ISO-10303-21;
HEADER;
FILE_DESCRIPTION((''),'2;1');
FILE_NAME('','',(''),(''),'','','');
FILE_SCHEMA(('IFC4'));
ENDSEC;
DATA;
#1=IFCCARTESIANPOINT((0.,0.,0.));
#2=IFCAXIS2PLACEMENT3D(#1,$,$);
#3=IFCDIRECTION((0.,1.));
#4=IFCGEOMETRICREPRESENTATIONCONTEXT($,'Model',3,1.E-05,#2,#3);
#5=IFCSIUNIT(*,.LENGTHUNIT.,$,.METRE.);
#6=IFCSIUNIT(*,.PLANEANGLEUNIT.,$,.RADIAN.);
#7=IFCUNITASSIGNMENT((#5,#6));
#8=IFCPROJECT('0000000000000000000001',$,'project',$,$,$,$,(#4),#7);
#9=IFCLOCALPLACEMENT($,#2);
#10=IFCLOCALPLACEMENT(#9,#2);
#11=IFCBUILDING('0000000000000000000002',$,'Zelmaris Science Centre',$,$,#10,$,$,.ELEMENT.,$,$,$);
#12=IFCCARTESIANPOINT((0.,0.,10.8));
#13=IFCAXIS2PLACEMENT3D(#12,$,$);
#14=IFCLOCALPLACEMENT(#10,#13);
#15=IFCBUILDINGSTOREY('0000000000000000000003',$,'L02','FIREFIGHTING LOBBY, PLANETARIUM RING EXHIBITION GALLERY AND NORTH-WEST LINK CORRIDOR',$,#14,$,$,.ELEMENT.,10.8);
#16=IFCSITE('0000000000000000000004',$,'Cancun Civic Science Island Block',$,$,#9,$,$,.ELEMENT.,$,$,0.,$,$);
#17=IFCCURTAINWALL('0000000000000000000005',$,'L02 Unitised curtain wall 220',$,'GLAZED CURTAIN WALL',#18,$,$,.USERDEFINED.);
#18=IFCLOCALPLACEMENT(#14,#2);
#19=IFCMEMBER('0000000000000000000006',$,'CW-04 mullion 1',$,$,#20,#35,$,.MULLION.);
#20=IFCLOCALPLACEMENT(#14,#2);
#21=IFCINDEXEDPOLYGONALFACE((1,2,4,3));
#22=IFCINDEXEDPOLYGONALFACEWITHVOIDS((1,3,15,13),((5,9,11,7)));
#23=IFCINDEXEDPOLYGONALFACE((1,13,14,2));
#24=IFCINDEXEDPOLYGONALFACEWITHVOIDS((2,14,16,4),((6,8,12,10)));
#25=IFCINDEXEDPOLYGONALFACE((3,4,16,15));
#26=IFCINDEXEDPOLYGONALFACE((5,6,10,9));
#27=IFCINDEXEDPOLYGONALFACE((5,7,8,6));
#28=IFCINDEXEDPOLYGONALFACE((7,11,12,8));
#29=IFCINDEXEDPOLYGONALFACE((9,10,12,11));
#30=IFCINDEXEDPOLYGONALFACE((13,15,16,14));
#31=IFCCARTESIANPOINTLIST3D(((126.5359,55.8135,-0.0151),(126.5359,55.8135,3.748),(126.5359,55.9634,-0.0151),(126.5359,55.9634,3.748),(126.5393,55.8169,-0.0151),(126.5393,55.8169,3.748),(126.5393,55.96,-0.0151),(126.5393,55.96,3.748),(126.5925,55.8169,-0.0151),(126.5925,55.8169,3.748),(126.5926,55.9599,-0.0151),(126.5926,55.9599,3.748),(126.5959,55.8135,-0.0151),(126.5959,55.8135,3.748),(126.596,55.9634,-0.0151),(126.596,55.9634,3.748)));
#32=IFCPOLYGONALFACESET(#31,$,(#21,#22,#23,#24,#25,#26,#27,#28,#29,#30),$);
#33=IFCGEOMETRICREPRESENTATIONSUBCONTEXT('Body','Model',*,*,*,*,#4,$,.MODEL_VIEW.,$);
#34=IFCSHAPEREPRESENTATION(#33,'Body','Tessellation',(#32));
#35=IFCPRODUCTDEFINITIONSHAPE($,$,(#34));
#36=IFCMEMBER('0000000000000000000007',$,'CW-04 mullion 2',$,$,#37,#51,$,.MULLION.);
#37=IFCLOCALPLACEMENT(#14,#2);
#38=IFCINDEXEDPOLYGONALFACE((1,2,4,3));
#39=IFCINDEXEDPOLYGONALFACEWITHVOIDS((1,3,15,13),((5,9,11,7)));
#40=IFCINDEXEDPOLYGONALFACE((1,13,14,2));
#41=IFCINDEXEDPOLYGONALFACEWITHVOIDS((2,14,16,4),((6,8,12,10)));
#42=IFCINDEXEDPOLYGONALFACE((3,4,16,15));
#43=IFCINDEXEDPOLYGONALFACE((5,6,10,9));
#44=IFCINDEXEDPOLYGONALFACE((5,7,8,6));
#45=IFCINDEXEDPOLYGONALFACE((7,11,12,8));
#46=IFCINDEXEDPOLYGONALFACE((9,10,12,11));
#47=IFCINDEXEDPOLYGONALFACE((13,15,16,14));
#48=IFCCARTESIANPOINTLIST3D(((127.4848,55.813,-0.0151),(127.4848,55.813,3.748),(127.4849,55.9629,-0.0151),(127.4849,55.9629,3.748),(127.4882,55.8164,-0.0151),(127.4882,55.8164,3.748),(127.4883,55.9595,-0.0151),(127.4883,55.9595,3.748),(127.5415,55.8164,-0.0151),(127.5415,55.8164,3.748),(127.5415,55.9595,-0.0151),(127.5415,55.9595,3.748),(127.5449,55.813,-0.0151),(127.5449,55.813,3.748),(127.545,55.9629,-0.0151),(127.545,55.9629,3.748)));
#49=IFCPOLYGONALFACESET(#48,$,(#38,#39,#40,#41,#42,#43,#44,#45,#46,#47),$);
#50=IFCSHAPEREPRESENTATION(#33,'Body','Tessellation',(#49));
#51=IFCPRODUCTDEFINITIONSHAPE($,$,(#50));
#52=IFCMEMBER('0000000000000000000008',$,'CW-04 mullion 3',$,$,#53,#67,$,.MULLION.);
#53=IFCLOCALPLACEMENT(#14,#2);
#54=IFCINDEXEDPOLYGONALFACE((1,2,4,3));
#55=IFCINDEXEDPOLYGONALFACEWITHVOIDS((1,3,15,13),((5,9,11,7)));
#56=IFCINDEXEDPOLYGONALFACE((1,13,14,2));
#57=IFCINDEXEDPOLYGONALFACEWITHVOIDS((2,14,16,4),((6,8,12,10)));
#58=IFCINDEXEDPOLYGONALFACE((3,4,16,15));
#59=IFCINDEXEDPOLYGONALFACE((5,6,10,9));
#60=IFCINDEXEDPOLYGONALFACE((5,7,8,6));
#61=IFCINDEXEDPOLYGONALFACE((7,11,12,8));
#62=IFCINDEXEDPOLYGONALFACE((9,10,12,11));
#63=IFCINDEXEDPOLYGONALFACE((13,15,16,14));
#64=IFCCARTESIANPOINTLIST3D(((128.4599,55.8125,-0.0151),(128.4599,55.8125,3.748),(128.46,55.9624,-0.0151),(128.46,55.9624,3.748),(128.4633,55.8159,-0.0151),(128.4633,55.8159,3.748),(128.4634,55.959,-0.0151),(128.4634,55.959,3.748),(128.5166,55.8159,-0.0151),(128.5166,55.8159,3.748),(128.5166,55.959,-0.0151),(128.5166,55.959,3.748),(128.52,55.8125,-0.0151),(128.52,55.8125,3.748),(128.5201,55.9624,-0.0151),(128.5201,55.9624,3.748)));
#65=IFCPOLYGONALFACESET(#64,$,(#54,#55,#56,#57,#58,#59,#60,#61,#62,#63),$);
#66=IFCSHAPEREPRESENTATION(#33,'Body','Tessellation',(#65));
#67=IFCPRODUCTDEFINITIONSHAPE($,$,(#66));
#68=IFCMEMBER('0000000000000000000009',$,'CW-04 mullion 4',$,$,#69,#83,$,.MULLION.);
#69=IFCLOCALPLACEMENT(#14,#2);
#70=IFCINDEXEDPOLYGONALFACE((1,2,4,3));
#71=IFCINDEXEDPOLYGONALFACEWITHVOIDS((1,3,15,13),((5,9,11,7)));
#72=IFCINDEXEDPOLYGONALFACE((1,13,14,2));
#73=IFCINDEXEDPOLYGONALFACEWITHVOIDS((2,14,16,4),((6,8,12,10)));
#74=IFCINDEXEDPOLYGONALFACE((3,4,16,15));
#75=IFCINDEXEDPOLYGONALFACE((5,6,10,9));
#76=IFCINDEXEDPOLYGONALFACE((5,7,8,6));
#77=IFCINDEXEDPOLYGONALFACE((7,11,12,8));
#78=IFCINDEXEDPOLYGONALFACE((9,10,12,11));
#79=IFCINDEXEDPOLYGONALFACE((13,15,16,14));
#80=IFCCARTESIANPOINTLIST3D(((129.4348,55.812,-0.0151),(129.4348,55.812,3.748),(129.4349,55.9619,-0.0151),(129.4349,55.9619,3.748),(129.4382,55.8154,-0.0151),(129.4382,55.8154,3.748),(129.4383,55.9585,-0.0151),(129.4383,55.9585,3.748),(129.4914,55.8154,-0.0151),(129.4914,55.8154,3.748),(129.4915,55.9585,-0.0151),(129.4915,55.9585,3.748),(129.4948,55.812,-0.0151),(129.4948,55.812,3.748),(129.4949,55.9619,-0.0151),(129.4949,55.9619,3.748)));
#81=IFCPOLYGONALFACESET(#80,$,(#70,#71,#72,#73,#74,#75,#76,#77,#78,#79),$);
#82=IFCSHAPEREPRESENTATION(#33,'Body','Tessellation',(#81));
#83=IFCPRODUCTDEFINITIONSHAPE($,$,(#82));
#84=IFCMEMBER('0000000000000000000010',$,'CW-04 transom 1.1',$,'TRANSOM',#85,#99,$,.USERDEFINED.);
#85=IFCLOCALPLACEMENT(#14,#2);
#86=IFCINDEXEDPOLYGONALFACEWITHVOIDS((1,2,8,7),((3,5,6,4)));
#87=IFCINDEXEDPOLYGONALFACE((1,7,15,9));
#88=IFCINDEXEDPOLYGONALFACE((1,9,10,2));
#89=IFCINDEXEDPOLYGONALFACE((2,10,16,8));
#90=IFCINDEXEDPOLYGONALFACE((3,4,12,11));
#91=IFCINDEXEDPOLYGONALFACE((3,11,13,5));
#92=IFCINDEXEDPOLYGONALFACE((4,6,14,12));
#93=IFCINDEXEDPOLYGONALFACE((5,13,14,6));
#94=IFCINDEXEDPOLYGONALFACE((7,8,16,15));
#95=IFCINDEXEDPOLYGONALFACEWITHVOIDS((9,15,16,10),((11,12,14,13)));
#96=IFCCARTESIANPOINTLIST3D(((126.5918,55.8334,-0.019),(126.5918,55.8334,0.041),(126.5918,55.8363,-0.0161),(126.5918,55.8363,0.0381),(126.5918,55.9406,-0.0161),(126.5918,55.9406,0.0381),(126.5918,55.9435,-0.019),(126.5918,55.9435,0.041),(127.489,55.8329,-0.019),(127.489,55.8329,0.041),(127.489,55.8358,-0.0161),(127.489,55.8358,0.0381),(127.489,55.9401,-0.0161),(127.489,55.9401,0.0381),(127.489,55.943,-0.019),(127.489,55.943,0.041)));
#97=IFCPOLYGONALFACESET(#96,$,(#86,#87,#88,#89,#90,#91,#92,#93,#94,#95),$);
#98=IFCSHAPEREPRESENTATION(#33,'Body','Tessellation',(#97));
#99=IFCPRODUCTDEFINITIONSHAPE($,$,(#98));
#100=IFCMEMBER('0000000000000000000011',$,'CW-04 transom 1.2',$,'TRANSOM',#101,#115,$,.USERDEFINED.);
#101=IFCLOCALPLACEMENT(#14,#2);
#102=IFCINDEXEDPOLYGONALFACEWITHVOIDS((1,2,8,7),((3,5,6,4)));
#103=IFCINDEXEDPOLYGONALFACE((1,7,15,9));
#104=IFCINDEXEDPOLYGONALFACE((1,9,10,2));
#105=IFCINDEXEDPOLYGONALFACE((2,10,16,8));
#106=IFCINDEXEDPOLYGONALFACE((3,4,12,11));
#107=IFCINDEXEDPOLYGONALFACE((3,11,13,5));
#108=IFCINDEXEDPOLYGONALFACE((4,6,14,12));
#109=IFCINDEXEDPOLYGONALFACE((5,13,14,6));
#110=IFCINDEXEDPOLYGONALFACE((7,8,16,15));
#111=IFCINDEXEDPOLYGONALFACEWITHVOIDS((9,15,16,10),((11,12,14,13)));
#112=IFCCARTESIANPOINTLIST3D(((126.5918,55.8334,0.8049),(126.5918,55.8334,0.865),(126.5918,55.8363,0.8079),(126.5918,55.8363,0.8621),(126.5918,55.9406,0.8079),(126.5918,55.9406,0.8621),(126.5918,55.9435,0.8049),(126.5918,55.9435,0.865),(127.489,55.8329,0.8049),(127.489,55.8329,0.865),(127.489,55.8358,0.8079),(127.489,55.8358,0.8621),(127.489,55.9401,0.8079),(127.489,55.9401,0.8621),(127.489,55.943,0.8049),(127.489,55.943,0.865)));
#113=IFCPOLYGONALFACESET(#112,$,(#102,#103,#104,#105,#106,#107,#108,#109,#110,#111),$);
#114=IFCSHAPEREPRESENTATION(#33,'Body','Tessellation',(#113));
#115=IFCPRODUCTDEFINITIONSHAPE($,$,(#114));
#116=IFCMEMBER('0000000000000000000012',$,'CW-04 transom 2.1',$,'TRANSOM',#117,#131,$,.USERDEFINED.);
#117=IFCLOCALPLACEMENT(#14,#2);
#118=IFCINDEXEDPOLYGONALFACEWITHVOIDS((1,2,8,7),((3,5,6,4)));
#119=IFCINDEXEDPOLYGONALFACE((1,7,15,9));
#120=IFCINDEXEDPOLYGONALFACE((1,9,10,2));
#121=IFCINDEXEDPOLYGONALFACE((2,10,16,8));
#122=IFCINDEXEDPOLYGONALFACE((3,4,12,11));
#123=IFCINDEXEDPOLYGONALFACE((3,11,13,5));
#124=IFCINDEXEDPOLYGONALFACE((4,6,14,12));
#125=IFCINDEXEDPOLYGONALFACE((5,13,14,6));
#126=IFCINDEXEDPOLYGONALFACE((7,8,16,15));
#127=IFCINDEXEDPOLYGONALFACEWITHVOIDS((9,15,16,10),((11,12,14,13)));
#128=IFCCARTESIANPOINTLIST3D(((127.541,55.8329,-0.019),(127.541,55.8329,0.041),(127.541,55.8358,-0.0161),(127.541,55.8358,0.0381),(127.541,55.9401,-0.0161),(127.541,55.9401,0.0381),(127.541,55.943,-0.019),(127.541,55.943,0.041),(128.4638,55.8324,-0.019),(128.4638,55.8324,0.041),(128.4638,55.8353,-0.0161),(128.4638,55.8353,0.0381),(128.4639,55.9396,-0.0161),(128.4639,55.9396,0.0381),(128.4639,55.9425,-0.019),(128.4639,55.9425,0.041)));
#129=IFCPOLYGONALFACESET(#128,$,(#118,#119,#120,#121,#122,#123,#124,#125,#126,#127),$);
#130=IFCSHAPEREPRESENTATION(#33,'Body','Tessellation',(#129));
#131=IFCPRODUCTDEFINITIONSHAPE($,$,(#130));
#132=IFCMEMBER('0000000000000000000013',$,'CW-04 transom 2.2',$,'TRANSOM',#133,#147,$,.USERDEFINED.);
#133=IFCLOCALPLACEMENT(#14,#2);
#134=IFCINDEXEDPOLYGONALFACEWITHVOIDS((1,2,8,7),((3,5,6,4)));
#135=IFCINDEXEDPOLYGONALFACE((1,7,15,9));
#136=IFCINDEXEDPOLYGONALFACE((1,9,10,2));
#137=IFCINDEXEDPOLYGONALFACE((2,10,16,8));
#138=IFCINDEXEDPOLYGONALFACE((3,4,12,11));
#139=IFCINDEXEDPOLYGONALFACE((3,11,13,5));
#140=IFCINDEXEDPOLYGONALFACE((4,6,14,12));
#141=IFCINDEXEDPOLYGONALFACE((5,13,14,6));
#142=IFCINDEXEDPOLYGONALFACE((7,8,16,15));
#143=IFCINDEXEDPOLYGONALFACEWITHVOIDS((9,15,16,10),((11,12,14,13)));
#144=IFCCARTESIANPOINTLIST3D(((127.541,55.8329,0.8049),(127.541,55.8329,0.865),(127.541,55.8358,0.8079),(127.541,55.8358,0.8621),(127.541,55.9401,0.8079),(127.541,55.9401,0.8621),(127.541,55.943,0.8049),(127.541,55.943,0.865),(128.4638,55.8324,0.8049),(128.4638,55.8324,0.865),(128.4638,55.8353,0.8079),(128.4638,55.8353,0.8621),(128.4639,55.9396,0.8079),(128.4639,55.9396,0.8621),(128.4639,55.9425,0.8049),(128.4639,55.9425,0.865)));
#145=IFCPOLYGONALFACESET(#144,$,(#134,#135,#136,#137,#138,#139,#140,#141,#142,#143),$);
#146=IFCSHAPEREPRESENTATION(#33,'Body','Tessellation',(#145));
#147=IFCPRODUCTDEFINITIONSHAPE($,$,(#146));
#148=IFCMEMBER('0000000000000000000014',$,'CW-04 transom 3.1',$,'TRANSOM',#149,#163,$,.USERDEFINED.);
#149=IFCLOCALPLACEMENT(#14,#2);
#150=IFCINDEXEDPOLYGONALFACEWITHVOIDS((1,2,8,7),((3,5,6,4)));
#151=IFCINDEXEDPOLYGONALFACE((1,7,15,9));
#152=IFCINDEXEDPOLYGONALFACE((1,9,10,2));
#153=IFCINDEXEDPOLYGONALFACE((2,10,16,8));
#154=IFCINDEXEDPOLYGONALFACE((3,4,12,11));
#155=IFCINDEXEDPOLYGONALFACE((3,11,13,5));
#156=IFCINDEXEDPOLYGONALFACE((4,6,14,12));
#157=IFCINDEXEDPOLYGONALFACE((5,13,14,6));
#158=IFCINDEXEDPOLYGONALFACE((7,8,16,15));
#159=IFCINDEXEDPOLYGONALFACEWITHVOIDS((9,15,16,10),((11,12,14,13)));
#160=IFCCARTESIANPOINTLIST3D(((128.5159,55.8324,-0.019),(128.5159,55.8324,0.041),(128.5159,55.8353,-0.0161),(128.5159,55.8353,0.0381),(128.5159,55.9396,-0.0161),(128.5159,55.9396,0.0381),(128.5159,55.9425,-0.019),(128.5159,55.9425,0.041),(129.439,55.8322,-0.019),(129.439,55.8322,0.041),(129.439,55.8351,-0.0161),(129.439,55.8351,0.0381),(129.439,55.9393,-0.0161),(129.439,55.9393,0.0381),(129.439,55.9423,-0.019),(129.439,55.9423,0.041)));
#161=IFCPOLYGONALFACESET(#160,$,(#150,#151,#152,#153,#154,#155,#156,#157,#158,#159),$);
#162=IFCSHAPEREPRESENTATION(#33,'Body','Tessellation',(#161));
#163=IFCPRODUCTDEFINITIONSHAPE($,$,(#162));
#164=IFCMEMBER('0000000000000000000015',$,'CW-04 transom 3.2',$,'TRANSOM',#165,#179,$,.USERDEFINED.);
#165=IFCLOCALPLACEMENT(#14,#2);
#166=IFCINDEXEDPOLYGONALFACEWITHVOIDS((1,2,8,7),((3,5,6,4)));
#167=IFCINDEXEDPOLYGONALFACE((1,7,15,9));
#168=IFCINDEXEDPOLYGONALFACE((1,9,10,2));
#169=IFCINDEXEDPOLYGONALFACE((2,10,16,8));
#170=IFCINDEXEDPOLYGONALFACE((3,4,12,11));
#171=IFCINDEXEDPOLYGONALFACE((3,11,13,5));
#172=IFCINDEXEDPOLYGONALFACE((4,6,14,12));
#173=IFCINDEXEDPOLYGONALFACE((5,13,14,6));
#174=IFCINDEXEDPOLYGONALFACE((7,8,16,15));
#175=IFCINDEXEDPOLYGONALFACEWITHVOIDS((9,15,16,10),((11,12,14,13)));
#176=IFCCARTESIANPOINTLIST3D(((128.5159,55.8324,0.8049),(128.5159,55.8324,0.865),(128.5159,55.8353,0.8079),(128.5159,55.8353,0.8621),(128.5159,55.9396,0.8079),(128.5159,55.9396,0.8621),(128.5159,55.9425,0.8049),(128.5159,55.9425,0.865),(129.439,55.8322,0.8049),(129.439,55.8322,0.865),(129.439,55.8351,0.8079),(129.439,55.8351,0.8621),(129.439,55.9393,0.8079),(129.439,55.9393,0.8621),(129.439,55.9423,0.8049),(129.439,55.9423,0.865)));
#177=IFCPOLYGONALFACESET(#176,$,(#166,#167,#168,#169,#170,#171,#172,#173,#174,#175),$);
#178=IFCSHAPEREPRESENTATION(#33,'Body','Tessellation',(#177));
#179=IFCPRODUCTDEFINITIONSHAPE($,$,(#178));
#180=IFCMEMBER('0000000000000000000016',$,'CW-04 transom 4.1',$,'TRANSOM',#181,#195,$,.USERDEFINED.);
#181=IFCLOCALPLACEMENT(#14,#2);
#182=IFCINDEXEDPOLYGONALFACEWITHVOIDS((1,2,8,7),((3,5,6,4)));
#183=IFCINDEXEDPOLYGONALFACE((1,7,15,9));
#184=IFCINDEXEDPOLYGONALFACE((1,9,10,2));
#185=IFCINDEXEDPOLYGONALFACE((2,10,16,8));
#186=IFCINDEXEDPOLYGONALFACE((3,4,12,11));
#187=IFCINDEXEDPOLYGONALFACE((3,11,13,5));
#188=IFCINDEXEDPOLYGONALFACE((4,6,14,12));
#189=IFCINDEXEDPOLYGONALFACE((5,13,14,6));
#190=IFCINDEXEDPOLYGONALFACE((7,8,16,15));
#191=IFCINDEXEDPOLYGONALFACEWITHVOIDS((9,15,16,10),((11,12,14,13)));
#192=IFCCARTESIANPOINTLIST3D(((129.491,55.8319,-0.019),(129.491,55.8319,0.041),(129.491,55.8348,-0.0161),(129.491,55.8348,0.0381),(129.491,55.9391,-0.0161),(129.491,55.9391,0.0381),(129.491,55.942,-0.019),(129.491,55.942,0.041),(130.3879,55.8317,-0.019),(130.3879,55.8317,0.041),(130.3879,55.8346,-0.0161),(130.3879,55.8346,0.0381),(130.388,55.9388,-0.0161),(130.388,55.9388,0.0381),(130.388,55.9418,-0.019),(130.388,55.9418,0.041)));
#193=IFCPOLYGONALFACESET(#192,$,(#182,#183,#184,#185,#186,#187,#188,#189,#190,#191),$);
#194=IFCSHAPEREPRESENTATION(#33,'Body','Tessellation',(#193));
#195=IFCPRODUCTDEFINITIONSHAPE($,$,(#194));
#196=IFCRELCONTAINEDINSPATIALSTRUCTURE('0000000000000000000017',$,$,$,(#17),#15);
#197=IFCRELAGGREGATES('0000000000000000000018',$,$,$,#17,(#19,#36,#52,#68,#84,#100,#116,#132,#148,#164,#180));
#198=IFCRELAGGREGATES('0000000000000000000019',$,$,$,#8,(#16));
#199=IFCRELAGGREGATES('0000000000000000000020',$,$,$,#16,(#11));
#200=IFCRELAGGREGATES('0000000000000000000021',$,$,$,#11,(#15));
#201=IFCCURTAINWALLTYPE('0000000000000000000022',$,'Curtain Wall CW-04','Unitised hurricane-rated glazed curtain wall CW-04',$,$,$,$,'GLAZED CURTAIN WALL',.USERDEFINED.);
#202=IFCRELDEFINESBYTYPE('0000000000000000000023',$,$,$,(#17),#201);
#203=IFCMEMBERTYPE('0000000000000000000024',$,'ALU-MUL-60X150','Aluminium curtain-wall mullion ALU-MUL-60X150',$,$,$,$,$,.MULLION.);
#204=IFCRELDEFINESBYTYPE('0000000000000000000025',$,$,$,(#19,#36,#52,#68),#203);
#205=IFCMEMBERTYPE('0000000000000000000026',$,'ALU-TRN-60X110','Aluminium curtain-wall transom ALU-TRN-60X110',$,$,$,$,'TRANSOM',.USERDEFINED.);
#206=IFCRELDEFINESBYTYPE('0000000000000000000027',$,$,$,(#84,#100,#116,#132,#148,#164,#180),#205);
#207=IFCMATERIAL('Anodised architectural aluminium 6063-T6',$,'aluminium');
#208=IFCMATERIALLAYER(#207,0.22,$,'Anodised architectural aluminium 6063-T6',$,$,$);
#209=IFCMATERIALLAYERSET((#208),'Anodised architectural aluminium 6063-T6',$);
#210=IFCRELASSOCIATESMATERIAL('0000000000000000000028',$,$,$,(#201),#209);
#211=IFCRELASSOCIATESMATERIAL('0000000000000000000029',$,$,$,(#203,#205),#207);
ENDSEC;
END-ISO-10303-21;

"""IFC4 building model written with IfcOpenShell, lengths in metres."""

from ifc_helpers import new_model, si_unit, direction, frame, origin, origin_2d, place, context, subcontext, project, spatial, hollow_rectangle, extrude, material, layer, layer_set, material_profile, profile_set, type_object, element, aggregate, save


model = new_model("IFC4")

# Units and contexts
model_context = context("Model", 3, precision=1e-05, world=origin(), true_north=direction((0.0, 1.0)))
body_context = subcontext(model_context, "Body", "Model", "MODEL_VIEW")
ifc_project = project(units=[si_unit("LENGTHUNIT", "METRE"), si_unit("PLANEANGLEUNIT", "RADIAN")], contexts=[model_context])

# Site, building, storey
site_placement = place(None, origin())
site = spatial("IfcSite", under=ifc_project, at=site_placement, Name="Cancun Civic Science Island Block", CompositionType="ELEMENT", RefElevation=0.0)
building_placement = place(site_placement, origin())
building = spatial("IfcBuilding", under=site, at=building_placement, Name="Zelmaris Science Centre", CompositionType="ELEMENT")
storey_placement = place(building_placement, frame((0.0, 0.0, 10.8)))
storey = spatial("IfcBuildingStorey", under=building, at=storey_placement, Name="L02", Description="FIREFIGHTING LOBBY, PLANETARIUM RING EXHIBITION GALLERY AND NORTH-WEST LINK CORRIDOR", CompositionType="ELEMENT", Elevation=10.8)

# Curtain wall, members
ifc_material_1 = material(Name="Anodised architectural aluminium 6063-T6", Category="aluminium")
ifc_layer_1 = layer(ifc_material_1, 0.22, Name="Anodised architectural aluminium 6063-T6")
ifc_layer_set_1 = layer_set([ifc_layer_1], Name="Anodised architectural aluminium 6063-T6")
curtain_wall_type = type_object("IfcCurtainWallType", Name="Curtain Wall CW-04", Description="Unitised hurricane-rated glazed curtain wall CW-04", ElementType="GLAZED CURTAIN WALL", PredefinedType="USERDEFINED", material=ifc_layer_set_1)
curtain_wall_placement = place(storey_placement, origin())
curtain_wall = element("IfcCurtainWall", 1, at=curtain_wall_placement, inside=storey, type_object=curtain_wall_type, Name="L02 Unitised curtain wall 220", ObjectType="GLAZED CURTAIN WALL", PredefinedType="USERDEFINED")
ifc_material_profile_1 = material_profile(ifc_material_1, hollow_rectangle(XDim=0.0601, YDim=0.1499, WallThickness=0.0034, at=origin_2d()), Name="ALU-MUL-60X150")
ifc_profile_set_1 = profile_set([ifc_material_profile_1], Name="Anodised architectural aluminium 6063-T6")
member_type_1 = type_object("IfcMemberType", Name="ALU-MUL-60X150", Description="Aluminium curtain-wall mullion ALU-MUL-60X150", PredefinedType="MULLION", material=ifc_profile_set_1)
member_1_placement = place(storey_placement, frame((126.5659, 55.8884, -0.0151), z_axis=(0.0, 0.0, 1.0), x_axis=(1.0, -0.000489, 0.0)))
member_1 = element("IfcMember", 2, at=member_1_placement, type_object=member_type_1, Name="CW-04 mullion 1", PredefinedType="MULLION", context=body_context, shape_type="SweptSolid", body=[
    extrude(hollow_rectangle(XDim=0.0601, YDim=0.1499, WallThickness=0.0034, at=origin_2d()), origin(), (0.0, 0.0, 1.0), 3.7632),
])
member_2_placement = place(storey_placement, frame((127.5149, 55.8879, -0.0151), z_axis=(0.0, 0.0, 1.0), x_axis=(1.0, -0.000489, 0.0)))
member_2 = element("IfcMember", 3, at=member_2_placement, type_object=member_type_1, Name="CW-04 mullion 2", PredefinedType="MULLION", context=body_context, shape_type="SweptSolid", body=[
    extrude(hollow_rectangle(XDim=0.0601, YDim=0.1499, WallThickness=0.0034, at=origin_2d()), origin(), (0.0, 0.0, 1.0), 3.7632),
])
member_3_placement = place(storey_placement, frame((128.49, 55.8875, -0.0151), z_axis=(0.0, 0.0, 1.0), x_axis=(1.0, -0.000489, 0.0)))
member_3 = element("IfcMember", 4, at=member_3_placement, type_object=member_type_1, Name="CW-04 mullion 3", PredefinedType="MULLION", context=body_context, shape_type="SweptSolid", body=[
    extrude(hollow_rectangle(XDim=0.0601, YDim=0.1499, WallThickness=0.0034, at=origin_2d()), origin(), (0.0, 0.0, 1.0), 3.7632),
])
member_4_placement = place(storey_placement, frame((129.4648, 55.887, -0.0151), z_axis=(0.0, 0.0, 1.0), x_axis=(1.0, -0.000489, 0.0)))
member_4 = element("IfcMember", 5, at=member_4_placement, type_object=member_type_1, Name="CW-04 mullion 4", PredefinedType="MULLION", context=body_context, shape_type="SweptSolid", body=[
    extrude(hollow_rectangle(XDim=0.0601, YDim=0.1499, WallThickness=0.0034, at=origin_2d()), origin(), (0.0, 0.0, 1.0), 3.7632),
])
ifc_material_profile_2 = material_profile(ifc_material_1, hollow_rectangle(XDim=0.0601, YDim=0.1101, WallThickness=0.0029, at=origin_2d()), Name="ALU-TRN-60X110")
ifc_profile_set_2 = profile_set([ifc_material_profile_2], Name="Anodised architectural aluminium 6063-T6")
member_type_2 = type_object("IfcMemberType", Name="ALU-TRN-60X110", Description="Aluminium curtain-wall transom ALU-TRN-60X110", ElementType="TRANSOM", PredefinedType="USERDEFINED", material=ifc_profile_set_2)
member_5_placement = place(storey_placement, frame((126.5918, 55.8884, 0.011), z_axis=(1.0, -0.000544, 0.0), x_axis=(0.0, 0.0, 1.0)))
member_5 = element("IfcMember", 6, at=member_5_placement, type_object=member_type_2, Name="CW-04 transom 1.1", ObjectType="TRANSOM", PredefinedType="USERDEFINED", context=body_context, shape_type="SweptSolid", body=[
    extrude(hollow_rectangle(XDim=0.0601, YDim=0.1101, WallThickness=0.0029, at=origin_2d()), origin(), (0.0, 0.0, 1.0), 0.8972),
])
member_6_placement = place(storey_placement, frame((126.5918, 55.8884, 0.835), z_axis=(1.0, -0.000544, 0.0), x_axis=(0.0, 0.0, 1.0)))
member_6 = element("IfcMember", 7, at=member_6_placement, type_object=member_type_2, Name="CW-04 transom 1.2", ObjectType="TRANSOM", PredefinedType="USERDEFINED", context=body_context, shape_type="SweptSolid", body=[
    extrude(hollow_rectangle(XDim=0.0601, YDim=0.1101, WallThickness=0.0029, at=origin_2d()), origin(), (0.0, 0.0, 1.0), 0.8972),
])
member_7_placement = place(storey_placement, frame((127.541, 55.8879, 0.011), z_axis=(1.0, -0.000529, 0.0), x_axis=(0.0, 0.0, 1.0)))
member_7 = element("IfcMember", 8, at=member_7_placement, type_object=member_type_2, Name="CW-04 transom 2.1", ObjectType="TRANSOM", PredefinedType="USERDEFINED", context=body_context, shape_type="SweptSolid", body=[
    extrude(hollow_rectangle(XDim=0.0601, YDim=0.1101, WallThickness=0.0029, at=origin_2d()), origin(), (0.0, 0.0, 1.0), 0.9229),
])
member_8_placement = place(storey_placement, frame((127.541, 55.8879, 0.835), z_axis=(1.0, -0.000529, 0.0), x_axis=(0.0, 0.0, 1.0)))
member_8 = element("IfcMember", 9, at=member_8_placement, type_object=member_type_2, Name="CW-04 transom 2.2", ObjectType="TRANSOM", PredefinedType="USERDEFINED", context=body_context, shape_type="SweptSolid", body=[
    extrude(hollow_rectangle(XDim=0.0601, YDim=0.1101, WallThickness=0.0029, at=origin_2d()), origin(), (0.0, 0.0, 1.0), 0.9229),
])
member_9_placement = place(storey_placement, frame((128.5159, 55.8875, 0.011), z_axis=(1.0, -0.000264, 0.0), x_axis=(0.0, 0.0, 1.0)))
member_9 = element("IfcMember", 10, at=member_9_placement, type_object=member_type_2, Name="CW-04 transom 3.1", ObjectType="TRANSOM", PredefinedType="USERDEFINED", context=body_context, shape_type="SweptSolid", body=[
    extrude(hollow_rectangle(XDim=0.0601, YDim=0.1101, WallThickness=0.0029, at=origin_2d()), origin(), (0.0, 0.0, 1.0), 0.9231),
])
member_10_placement = place(storey_placement, frame((128.5159, 55.8875, 0.835), z_axis=(1.0, -0.000264, 0.0), x_axis=(0.0, 0.0, 1.0)))
member_10 = element("IfcMember", 11, at=member_10_placement, type_object=member_type_2, Name="CW-04 transom 3.2", ObjectType="TRANSOM", PredefinedType="USERDEFINED", context=body_context, shape_type="SweptSolid", body=[
    extrude(hollow_rectangle(XDim=0.0601, YDim=0.1101, WallThickness=0.0029, at=origin_2d()), origin(), (0.0, 0.0, 1.0), 0.9231),
])
member_11_placement = place(storey_placement, frame((129.491, 55.887, 0.011), z_axis=(1.0, -0.000272, 0.0), x_axis=(0.0, 0.0, 1.0)))
member_11 = element("IfcMember", 12, at=member_11_placement, type_object=member_type_2, Name="CW-04 transom 4.1", ObjectType="TRANSOM", PredefinedType="USERDEFINED", context=body_context, shape_type="SweptSolid", body=[
    extrude(hollow_rectangle(XDim=0.0601, YDim=0.1101, WallThickness=0.0029, at=origin_2d()), origin(), (0.0, 0.0, 1.0), 0.897),
])

aggregate(curtain_wall, [member_1, member_2, member_3, member_4, member_5, member_6, member_7, member_8, member_9, member_10, member_11])

save(model, "model.ifc")
